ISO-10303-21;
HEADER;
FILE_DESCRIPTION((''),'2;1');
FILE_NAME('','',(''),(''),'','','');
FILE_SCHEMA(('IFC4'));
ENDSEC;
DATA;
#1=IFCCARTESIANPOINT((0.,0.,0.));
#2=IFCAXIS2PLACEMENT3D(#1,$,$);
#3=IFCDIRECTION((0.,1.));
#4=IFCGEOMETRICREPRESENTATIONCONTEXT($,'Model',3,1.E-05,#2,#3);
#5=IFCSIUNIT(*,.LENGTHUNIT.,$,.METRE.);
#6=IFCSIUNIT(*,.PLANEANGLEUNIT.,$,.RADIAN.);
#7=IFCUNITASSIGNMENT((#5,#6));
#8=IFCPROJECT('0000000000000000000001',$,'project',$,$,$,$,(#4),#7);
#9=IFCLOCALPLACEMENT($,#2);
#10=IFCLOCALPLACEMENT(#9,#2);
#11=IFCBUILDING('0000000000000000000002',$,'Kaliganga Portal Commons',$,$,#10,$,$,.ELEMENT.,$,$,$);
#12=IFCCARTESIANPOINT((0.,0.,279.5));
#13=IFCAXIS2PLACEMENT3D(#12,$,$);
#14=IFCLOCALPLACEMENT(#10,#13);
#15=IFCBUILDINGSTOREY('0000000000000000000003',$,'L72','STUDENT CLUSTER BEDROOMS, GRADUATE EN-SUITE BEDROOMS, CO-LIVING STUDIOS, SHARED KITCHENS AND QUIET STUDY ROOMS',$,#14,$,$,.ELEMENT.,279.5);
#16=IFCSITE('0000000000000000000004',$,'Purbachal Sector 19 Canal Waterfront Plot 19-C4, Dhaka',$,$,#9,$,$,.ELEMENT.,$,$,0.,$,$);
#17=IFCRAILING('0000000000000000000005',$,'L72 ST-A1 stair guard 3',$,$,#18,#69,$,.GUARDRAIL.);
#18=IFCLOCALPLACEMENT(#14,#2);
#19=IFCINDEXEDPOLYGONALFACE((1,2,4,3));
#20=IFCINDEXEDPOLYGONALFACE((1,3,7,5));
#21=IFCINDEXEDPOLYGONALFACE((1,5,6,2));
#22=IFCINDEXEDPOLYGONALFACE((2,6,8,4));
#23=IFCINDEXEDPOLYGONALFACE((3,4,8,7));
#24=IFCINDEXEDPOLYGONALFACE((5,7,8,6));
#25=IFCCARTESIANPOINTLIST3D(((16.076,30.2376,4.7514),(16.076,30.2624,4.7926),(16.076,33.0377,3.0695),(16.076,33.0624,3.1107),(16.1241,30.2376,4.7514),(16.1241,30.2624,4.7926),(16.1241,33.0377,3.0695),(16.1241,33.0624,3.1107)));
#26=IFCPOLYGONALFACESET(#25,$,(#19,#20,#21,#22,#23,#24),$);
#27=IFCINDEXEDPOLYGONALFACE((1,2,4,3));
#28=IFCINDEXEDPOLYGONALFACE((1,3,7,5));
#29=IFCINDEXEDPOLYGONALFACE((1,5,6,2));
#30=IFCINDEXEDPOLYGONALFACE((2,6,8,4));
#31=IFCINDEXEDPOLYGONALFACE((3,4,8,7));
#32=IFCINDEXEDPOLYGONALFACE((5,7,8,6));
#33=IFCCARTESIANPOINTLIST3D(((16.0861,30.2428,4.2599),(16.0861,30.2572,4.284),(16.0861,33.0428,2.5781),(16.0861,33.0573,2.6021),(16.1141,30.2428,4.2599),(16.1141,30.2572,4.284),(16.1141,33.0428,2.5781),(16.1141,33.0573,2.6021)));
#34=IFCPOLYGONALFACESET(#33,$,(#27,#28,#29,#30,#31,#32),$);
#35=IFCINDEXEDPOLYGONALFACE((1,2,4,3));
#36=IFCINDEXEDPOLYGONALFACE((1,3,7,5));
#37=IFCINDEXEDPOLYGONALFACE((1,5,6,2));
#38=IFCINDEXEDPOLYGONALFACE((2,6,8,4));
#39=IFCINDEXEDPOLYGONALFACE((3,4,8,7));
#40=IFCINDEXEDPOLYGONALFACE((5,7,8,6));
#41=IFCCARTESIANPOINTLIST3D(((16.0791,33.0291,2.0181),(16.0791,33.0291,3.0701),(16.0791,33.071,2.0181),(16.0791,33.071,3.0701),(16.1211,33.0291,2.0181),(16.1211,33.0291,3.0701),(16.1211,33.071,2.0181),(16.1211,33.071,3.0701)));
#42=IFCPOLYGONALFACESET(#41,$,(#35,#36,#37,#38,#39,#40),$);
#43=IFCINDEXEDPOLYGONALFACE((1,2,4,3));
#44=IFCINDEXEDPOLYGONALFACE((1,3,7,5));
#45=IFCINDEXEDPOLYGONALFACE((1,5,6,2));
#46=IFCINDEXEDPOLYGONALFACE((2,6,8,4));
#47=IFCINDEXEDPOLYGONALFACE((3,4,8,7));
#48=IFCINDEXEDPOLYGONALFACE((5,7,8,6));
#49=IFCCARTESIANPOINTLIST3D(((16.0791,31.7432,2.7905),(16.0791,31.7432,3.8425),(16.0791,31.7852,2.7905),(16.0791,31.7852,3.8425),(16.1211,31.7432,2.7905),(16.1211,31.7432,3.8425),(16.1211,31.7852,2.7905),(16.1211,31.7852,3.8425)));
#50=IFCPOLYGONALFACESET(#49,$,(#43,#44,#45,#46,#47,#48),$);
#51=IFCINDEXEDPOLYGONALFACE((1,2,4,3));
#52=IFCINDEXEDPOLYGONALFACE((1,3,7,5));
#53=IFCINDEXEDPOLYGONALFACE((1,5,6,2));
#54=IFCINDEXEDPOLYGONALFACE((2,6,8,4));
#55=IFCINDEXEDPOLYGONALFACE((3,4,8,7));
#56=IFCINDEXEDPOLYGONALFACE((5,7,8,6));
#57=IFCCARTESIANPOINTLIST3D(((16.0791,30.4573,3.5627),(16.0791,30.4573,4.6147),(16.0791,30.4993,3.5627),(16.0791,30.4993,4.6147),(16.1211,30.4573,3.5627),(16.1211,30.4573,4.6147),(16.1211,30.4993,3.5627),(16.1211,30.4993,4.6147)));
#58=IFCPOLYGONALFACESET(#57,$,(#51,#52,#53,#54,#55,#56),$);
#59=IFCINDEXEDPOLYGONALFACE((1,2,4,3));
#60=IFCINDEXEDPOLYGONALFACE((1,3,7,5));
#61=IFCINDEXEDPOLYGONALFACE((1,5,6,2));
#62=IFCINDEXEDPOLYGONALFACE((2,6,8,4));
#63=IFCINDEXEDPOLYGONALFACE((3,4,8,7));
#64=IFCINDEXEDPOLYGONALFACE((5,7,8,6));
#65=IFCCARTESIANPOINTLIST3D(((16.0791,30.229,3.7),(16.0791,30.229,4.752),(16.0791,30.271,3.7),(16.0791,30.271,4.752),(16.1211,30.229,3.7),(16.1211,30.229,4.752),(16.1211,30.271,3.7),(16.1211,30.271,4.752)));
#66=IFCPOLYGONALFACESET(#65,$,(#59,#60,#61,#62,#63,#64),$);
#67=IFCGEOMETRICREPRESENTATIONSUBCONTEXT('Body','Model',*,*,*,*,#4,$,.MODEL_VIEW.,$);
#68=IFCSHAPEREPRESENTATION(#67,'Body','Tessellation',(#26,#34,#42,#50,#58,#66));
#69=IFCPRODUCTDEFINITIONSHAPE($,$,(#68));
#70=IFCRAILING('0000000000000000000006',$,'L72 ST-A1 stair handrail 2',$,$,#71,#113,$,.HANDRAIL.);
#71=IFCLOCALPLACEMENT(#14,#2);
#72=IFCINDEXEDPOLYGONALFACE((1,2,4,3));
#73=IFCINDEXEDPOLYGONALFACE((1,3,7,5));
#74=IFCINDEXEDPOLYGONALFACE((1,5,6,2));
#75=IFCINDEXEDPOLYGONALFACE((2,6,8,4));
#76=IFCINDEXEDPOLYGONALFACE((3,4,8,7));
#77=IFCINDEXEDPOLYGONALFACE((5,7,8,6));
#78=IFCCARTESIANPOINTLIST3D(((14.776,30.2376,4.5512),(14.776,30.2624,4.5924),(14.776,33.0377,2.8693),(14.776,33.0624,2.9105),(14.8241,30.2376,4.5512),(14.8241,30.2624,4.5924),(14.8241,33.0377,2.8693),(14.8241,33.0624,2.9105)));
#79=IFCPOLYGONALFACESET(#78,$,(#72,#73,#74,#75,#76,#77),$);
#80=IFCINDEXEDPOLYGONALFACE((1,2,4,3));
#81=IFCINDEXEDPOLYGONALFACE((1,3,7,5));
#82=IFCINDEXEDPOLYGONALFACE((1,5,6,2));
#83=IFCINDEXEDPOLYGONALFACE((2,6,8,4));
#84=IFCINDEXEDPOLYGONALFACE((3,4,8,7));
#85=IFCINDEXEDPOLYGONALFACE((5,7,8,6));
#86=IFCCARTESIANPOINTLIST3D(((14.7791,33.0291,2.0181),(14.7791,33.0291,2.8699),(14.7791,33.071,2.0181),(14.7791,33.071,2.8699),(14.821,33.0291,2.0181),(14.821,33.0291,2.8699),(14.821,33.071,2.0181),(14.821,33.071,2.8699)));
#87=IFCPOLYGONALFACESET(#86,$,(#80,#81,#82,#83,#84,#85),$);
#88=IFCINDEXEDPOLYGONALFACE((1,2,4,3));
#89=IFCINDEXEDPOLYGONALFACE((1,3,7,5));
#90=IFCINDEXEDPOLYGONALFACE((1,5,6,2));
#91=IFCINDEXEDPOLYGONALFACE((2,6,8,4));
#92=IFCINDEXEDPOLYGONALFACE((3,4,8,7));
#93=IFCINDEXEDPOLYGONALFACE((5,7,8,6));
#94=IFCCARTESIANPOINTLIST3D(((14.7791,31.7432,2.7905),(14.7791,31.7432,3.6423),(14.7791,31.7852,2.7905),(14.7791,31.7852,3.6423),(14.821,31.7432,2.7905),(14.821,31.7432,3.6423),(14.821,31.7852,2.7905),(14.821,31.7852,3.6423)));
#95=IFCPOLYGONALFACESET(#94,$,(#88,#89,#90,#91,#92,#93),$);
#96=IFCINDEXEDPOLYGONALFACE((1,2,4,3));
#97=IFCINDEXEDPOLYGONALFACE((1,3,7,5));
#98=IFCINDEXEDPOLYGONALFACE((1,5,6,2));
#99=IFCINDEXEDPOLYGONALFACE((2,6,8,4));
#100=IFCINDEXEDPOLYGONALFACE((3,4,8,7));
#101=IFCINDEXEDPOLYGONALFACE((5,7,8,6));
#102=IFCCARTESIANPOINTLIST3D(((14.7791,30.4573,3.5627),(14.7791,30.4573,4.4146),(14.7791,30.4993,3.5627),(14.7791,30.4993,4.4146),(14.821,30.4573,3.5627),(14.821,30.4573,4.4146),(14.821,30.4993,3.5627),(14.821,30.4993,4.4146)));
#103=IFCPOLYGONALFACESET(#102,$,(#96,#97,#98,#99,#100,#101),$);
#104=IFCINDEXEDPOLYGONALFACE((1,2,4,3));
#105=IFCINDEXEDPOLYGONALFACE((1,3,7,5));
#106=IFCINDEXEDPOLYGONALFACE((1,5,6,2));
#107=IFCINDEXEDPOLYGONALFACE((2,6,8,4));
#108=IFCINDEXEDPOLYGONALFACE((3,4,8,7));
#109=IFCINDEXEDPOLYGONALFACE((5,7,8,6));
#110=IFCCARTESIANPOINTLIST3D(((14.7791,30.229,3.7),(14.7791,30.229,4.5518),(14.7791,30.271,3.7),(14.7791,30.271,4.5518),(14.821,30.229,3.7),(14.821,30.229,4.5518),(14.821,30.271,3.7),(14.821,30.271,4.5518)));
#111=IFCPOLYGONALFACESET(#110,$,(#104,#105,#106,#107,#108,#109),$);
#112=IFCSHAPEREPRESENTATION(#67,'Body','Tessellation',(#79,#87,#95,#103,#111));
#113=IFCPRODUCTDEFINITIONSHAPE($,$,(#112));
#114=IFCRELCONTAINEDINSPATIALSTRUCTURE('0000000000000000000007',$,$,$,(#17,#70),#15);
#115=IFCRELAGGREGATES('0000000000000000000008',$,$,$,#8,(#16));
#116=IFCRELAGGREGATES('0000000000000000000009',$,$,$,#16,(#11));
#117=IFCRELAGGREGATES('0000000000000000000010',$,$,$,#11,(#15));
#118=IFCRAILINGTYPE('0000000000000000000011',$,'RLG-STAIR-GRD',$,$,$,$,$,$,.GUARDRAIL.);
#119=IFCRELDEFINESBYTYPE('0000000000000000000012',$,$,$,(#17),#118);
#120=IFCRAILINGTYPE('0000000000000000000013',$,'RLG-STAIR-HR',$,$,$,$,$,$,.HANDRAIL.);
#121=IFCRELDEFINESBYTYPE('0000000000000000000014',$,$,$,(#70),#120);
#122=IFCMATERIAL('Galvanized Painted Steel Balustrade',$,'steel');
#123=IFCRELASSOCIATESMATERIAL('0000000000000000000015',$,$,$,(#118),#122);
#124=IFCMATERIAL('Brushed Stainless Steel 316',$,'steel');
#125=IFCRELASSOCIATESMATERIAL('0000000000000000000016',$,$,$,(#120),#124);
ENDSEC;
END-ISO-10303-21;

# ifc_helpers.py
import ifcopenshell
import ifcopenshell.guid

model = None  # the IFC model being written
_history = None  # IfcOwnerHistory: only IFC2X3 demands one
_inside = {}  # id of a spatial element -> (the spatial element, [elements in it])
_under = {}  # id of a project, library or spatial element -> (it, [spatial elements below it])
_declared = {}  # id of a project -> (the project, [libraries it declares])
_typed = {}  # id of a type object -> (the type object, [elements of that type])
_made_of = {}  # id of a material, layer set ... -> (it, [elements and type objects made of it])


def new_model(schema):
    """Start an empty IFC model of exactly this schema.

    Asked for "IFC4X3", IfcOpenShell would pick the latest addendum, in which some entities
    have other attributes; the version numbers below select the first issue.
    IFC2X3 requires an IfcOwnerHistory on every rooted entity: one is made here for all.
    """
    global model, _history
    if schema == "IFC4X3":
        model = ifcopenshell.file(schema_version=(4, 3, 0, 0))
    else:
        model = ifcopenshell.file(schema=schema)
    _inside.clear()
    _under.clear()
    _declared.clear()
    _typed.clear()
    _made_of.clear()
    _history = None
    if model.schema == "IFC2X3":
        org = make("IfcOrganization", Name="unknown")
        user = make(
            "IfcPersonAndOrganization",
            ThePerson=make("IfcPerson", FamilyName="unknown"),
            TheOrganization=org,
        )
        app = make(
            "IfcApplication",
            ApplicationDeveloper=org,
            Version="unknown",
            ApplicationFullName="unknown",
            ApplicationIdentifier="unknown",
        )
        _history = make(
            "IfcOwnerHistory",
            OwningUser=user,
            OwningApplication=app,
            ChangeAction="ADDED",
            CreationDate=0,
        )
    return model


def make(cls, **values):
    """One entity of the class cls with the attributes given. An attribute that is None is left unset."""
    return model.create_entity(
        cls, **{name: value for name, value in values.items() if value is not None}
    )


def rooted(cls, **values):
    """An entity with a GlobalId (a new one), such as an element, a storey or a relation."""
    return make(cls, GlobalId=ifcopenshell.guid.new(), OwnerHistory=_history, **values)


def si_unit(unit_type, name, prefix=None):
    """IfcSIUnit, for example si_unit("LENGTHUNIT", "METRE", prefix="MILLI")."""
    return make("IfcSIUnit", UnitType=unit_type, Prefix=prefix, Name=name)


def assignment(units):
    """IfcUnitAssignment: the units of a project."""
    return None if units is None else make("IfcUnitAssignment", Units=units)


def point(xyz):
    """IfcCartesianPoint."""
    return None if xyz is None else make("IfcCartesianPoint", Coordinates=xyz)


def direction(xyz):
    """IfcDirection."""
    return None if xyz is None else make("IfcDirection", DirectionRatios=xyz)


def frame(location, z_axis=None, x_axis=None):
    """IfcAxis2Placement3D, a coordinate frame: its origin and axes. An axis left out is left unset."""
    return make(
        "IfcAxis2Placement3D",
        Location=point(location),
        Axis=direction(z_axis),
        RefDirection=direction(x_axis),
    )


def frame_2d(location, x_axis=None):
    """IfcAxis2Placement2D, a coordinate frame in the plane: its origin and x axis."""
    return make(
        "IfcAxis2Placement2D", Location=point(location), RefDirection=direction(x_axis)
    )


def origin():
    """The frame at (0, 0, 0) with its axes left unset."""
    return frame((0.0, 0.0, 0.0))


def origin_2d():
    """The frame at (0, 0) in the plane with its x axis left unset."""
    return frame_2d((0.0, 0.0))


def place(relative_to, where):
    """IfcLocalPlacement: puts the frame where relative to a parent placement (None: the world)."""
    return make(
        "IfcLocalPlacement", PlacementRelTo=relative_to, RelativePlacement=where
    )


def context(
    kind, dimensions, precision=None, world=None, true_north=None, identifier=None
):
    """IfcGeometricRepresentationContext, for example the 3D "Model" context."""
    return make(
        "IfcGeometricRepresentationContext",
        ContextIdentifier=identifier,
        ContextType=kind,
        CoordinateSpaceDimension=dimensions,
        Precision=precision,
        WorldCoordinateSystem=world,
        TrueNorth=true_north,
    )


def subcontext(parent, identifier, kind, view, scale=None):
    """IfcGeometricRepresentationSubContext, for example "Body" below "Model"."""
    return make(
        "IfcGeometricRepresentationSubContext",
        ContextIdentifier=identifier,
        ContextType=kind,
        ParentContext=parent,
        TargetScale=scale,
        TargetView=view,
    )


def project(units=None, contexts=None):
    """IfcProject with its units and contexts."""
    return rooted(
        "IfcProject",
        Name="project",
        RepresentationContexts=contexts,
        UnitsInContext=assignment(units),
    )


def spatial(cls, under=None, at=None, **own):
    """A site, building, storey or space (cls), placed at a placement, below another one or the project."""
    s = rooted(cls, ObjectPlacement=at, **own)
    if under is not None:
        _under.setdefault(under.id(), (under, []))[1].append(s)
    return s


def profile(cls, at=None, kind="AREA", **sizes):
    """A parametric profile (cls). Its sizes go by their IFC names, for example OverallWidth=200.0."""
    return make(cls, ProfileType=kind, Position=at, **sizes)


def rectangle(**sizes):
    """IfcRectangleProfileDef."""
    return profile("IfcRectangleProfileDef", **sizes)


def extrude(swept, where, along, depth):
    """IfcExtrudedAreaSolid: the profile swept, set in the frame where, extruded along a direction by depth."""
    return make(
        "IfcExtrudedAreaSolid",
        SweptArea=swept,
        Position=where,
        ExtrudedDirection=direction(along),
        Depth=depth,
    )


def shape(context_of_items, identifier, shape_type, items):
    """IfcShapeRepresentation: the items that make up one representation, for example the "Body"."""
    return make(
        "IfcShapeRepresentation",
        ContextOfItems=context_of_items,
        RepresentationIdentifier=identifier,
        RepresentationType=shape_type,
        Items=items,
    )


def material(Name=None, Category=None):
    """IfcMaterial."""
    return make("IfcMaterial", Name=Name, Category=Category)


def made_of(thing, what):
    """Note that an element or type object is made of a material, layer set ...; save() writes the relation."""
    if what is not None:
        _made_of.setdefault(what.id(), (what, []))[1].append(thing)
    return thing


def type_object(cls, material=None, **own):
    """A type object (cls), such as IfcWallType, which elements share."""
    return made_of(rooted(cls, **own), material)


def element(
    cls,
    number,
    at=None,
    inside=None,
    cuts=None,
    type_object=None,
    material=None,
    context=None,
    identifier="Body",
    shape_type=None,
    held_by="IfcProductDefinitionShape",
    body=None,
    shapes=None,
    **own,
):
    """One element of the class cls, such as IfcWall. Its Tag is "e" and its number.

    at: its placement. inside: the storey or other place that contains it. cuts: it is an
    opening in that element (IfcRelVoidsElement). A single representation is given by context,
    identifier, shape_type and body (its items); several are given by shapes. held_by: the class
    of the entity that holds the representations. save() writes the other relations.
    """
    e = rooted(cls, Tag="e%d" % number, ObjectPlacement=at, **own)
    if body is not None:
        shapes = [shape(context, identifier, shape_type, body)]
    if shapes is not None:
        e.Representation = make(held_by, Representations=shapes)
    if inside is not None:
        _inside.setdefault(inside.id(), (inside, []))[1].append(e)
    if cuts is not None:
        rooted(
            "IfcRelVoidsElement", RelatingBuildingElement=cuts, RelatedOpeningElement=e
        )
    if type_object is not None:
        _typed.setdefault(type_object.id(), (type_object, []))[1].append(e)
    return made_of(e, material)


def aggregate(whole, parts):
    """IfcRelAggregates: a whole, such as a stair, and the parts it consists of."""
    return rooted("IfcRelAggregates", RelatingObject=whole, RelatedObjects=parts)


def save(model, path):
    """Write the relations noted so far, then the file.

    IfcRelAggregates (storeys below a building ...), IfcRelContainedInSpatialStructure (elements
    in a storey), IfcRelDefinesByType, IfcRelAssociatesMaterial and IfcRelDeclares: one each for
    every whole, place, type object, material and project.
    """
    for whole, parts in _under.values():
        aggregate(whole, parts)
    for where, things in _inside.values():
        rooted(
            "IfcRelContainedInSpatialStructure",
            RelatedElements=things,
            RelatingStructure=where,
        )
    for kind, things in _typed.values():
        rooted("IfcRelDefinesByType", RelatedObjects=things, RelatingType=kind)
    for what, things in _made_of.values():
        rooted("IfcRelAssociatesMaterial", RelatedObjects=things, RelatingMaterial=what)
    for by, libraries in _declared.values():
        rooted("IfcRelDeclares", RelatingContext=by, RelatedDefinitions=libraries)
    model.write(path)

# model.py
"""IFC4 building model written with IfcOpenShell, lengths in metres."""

from ifc_helpers import new_model, si_unit, direction, frame, origin, origin_2d, place, context, subcontext, project, spatial, rectangle, extrude, material, type_object, element, save


model = new_model("IFC4")

# Units and contexts
model_context = context("Model", 3, precision=1e-05, world=origin(), true_north=direction((0.0, 1.0)))
body_context = subcontext(model_context, "Body", "Model", "MODEL_VIEW")
ifc_project = project(units=[si_unit("LENGTHUNIT", "METRE"), si_unit("PLANEANGLEUNIT", "RADIAN")], contexts=[model_context])

# Site, building, storey
site_placement = place(None, origin())
site = spatial("IfcSite", under=ifc_project, at=site_placement, Name="Purbachal Sector 19 Canal Waterfront Plot 19-C4, Dhaka", CompositionType="ELEMENT", RefElevation=0.0)
building_placement = place(site_placement, origin())
building = spatial("IfcBuilding", under=site, at=building_placement, Name="Kaliganga Portal Commons", CompositionType="ELEMENT")
storey_placement = place(building_placement, frame((0.0, 0.0, 279.5)))
storey = spatial("IfcBuildingStorey", under=building, at=storey_placement, Name="L72", Description="STUDENT CLUSTER BEDROOMS, GRADUATE EN-SUITE BEDROOMS, CO-LIVING STUDIOS, SHARED KITCHENS AND QUIET STUDY ROOMS", CompositionType="ELEMENT", Elevation=279.5)

# Railings
ifc_material_1 = material(Name="Galvanized Painted Steel Balustrade", Category="steel")
railing_type_1 = type_object("IfcRailingType", Name="RLG-STAIR-GRD", PredefinedType="GUARDRAIL", material=ifc_material_1)
railing_1_placement = place(storey_placement, frame((16.1001, 33.05, 2.0181)))
element("IfcRailing", 1, at=railing_1_placement, inside=storey, type_object=railing_type_1, Name="L72 ST-A1 stair guard 3", PredefinedType="GUARDRAIL", context=body_context, shape_type="SweptSolid", body=[
    extrude(rectangle(XDim=0.0481, YDim=0.0481, at=origin_2d()), frame((0.0, 0.0, 1.072), z_axis=(0.0, -0.857242, 0.514913), x_axis=(1.0, 0.0, 0.0)), (0.0, 0.0, 1.0), 3.2664),
    extrude(rectangle(XDim=0.0281, YDim=0.0281, at=origin_2d()), frame((0.0, 0.0, 0.572), z_axis=(0.0, -0.857242, 0.514913), x_axis=(1.0, 0.0, 0.0)), (0.0, 0.0, 1.0), 3.2664),
    extrude(rectangle(XDim=0.042, YDim=0.042, at=origin_2d()), origin(), (0.0, 0.0, 1.0), 1.052),
    extrude(rectangle(XDim=0.042, YDim=0.042, at=origin_2d()), frame((0.0, -1.2859, 0.7725)), (0.0, 0.0, 1.0), 1.052),
    extrude(rectangle(XDim=0.042, YDim=0.042, at=origin_2d()), frame((0.0, -2.5718, 1.5447)), (0.0, 0.0, 1.0), 1.052),
    extrude(rectangle(XDim=0.042, YDim=0.042, at=origin_2d()), frame((0.0, -2.8, 1.6819)), (0.0, 0.0, 1.0), 1.052),
])
ifc_material_2 = material(Name="Brushed Stainless Steel 316", Category="steel")
railing_type_2 = type_object("IfcRailingType", Name="RLG-STAIR-HR", PredefinedType="HANDRAIL", material=ifc_material_2)
railing_2_placement = place(storey_placement, frame((14.8, 33.05, 2.0181)))
element("IfcRailing", 2, at=railing_2_placement, inside=storey, type_object=railing_type_2, Name="L72 ST-A1 stair handrail 2", PredefinedType="HANDRAIL", context=body_context, shape_type="SweptSolid", body=[
    extrude(rectangle(XDim=0.0481, YDim=0.0481, at=origin_2d()), frame((0.0, 0.0, 0.8718), z_axis=(0.0, -0.857242, 0.514913), x_axis=(1.0, 0.0, 0.0)), (0.0, 0.0, 1.0), 3.2664),
    extrude(rectangle(XDim=0.042, YDim=0.042, at=origin_2d()), origin(), (0.0, 0.0, 1.0), 0.8518),
    extrude(rectangle(XDim=0.042, YDim=0.042, at=origin_2d()), frame((0.0, -1.2859, 0.7725)), (0.0, 0.0, 1.0), 0.8518),
    extrude(rectangle(XDim=0.042, YDim=0.042, at=origin_2d()), frame((0.0, -2.5718, 1.5447)), (0.0, 0.0, 1.0), 0.8518),
    extrude(rectangle(XDim=0.042, YDim=0.042, at=origin_2d()), frame((0.0, -2.8, 1.6819)), (0.0, 0.0, 1.0), 0.8518),
])

save(model, "model.ifc")
